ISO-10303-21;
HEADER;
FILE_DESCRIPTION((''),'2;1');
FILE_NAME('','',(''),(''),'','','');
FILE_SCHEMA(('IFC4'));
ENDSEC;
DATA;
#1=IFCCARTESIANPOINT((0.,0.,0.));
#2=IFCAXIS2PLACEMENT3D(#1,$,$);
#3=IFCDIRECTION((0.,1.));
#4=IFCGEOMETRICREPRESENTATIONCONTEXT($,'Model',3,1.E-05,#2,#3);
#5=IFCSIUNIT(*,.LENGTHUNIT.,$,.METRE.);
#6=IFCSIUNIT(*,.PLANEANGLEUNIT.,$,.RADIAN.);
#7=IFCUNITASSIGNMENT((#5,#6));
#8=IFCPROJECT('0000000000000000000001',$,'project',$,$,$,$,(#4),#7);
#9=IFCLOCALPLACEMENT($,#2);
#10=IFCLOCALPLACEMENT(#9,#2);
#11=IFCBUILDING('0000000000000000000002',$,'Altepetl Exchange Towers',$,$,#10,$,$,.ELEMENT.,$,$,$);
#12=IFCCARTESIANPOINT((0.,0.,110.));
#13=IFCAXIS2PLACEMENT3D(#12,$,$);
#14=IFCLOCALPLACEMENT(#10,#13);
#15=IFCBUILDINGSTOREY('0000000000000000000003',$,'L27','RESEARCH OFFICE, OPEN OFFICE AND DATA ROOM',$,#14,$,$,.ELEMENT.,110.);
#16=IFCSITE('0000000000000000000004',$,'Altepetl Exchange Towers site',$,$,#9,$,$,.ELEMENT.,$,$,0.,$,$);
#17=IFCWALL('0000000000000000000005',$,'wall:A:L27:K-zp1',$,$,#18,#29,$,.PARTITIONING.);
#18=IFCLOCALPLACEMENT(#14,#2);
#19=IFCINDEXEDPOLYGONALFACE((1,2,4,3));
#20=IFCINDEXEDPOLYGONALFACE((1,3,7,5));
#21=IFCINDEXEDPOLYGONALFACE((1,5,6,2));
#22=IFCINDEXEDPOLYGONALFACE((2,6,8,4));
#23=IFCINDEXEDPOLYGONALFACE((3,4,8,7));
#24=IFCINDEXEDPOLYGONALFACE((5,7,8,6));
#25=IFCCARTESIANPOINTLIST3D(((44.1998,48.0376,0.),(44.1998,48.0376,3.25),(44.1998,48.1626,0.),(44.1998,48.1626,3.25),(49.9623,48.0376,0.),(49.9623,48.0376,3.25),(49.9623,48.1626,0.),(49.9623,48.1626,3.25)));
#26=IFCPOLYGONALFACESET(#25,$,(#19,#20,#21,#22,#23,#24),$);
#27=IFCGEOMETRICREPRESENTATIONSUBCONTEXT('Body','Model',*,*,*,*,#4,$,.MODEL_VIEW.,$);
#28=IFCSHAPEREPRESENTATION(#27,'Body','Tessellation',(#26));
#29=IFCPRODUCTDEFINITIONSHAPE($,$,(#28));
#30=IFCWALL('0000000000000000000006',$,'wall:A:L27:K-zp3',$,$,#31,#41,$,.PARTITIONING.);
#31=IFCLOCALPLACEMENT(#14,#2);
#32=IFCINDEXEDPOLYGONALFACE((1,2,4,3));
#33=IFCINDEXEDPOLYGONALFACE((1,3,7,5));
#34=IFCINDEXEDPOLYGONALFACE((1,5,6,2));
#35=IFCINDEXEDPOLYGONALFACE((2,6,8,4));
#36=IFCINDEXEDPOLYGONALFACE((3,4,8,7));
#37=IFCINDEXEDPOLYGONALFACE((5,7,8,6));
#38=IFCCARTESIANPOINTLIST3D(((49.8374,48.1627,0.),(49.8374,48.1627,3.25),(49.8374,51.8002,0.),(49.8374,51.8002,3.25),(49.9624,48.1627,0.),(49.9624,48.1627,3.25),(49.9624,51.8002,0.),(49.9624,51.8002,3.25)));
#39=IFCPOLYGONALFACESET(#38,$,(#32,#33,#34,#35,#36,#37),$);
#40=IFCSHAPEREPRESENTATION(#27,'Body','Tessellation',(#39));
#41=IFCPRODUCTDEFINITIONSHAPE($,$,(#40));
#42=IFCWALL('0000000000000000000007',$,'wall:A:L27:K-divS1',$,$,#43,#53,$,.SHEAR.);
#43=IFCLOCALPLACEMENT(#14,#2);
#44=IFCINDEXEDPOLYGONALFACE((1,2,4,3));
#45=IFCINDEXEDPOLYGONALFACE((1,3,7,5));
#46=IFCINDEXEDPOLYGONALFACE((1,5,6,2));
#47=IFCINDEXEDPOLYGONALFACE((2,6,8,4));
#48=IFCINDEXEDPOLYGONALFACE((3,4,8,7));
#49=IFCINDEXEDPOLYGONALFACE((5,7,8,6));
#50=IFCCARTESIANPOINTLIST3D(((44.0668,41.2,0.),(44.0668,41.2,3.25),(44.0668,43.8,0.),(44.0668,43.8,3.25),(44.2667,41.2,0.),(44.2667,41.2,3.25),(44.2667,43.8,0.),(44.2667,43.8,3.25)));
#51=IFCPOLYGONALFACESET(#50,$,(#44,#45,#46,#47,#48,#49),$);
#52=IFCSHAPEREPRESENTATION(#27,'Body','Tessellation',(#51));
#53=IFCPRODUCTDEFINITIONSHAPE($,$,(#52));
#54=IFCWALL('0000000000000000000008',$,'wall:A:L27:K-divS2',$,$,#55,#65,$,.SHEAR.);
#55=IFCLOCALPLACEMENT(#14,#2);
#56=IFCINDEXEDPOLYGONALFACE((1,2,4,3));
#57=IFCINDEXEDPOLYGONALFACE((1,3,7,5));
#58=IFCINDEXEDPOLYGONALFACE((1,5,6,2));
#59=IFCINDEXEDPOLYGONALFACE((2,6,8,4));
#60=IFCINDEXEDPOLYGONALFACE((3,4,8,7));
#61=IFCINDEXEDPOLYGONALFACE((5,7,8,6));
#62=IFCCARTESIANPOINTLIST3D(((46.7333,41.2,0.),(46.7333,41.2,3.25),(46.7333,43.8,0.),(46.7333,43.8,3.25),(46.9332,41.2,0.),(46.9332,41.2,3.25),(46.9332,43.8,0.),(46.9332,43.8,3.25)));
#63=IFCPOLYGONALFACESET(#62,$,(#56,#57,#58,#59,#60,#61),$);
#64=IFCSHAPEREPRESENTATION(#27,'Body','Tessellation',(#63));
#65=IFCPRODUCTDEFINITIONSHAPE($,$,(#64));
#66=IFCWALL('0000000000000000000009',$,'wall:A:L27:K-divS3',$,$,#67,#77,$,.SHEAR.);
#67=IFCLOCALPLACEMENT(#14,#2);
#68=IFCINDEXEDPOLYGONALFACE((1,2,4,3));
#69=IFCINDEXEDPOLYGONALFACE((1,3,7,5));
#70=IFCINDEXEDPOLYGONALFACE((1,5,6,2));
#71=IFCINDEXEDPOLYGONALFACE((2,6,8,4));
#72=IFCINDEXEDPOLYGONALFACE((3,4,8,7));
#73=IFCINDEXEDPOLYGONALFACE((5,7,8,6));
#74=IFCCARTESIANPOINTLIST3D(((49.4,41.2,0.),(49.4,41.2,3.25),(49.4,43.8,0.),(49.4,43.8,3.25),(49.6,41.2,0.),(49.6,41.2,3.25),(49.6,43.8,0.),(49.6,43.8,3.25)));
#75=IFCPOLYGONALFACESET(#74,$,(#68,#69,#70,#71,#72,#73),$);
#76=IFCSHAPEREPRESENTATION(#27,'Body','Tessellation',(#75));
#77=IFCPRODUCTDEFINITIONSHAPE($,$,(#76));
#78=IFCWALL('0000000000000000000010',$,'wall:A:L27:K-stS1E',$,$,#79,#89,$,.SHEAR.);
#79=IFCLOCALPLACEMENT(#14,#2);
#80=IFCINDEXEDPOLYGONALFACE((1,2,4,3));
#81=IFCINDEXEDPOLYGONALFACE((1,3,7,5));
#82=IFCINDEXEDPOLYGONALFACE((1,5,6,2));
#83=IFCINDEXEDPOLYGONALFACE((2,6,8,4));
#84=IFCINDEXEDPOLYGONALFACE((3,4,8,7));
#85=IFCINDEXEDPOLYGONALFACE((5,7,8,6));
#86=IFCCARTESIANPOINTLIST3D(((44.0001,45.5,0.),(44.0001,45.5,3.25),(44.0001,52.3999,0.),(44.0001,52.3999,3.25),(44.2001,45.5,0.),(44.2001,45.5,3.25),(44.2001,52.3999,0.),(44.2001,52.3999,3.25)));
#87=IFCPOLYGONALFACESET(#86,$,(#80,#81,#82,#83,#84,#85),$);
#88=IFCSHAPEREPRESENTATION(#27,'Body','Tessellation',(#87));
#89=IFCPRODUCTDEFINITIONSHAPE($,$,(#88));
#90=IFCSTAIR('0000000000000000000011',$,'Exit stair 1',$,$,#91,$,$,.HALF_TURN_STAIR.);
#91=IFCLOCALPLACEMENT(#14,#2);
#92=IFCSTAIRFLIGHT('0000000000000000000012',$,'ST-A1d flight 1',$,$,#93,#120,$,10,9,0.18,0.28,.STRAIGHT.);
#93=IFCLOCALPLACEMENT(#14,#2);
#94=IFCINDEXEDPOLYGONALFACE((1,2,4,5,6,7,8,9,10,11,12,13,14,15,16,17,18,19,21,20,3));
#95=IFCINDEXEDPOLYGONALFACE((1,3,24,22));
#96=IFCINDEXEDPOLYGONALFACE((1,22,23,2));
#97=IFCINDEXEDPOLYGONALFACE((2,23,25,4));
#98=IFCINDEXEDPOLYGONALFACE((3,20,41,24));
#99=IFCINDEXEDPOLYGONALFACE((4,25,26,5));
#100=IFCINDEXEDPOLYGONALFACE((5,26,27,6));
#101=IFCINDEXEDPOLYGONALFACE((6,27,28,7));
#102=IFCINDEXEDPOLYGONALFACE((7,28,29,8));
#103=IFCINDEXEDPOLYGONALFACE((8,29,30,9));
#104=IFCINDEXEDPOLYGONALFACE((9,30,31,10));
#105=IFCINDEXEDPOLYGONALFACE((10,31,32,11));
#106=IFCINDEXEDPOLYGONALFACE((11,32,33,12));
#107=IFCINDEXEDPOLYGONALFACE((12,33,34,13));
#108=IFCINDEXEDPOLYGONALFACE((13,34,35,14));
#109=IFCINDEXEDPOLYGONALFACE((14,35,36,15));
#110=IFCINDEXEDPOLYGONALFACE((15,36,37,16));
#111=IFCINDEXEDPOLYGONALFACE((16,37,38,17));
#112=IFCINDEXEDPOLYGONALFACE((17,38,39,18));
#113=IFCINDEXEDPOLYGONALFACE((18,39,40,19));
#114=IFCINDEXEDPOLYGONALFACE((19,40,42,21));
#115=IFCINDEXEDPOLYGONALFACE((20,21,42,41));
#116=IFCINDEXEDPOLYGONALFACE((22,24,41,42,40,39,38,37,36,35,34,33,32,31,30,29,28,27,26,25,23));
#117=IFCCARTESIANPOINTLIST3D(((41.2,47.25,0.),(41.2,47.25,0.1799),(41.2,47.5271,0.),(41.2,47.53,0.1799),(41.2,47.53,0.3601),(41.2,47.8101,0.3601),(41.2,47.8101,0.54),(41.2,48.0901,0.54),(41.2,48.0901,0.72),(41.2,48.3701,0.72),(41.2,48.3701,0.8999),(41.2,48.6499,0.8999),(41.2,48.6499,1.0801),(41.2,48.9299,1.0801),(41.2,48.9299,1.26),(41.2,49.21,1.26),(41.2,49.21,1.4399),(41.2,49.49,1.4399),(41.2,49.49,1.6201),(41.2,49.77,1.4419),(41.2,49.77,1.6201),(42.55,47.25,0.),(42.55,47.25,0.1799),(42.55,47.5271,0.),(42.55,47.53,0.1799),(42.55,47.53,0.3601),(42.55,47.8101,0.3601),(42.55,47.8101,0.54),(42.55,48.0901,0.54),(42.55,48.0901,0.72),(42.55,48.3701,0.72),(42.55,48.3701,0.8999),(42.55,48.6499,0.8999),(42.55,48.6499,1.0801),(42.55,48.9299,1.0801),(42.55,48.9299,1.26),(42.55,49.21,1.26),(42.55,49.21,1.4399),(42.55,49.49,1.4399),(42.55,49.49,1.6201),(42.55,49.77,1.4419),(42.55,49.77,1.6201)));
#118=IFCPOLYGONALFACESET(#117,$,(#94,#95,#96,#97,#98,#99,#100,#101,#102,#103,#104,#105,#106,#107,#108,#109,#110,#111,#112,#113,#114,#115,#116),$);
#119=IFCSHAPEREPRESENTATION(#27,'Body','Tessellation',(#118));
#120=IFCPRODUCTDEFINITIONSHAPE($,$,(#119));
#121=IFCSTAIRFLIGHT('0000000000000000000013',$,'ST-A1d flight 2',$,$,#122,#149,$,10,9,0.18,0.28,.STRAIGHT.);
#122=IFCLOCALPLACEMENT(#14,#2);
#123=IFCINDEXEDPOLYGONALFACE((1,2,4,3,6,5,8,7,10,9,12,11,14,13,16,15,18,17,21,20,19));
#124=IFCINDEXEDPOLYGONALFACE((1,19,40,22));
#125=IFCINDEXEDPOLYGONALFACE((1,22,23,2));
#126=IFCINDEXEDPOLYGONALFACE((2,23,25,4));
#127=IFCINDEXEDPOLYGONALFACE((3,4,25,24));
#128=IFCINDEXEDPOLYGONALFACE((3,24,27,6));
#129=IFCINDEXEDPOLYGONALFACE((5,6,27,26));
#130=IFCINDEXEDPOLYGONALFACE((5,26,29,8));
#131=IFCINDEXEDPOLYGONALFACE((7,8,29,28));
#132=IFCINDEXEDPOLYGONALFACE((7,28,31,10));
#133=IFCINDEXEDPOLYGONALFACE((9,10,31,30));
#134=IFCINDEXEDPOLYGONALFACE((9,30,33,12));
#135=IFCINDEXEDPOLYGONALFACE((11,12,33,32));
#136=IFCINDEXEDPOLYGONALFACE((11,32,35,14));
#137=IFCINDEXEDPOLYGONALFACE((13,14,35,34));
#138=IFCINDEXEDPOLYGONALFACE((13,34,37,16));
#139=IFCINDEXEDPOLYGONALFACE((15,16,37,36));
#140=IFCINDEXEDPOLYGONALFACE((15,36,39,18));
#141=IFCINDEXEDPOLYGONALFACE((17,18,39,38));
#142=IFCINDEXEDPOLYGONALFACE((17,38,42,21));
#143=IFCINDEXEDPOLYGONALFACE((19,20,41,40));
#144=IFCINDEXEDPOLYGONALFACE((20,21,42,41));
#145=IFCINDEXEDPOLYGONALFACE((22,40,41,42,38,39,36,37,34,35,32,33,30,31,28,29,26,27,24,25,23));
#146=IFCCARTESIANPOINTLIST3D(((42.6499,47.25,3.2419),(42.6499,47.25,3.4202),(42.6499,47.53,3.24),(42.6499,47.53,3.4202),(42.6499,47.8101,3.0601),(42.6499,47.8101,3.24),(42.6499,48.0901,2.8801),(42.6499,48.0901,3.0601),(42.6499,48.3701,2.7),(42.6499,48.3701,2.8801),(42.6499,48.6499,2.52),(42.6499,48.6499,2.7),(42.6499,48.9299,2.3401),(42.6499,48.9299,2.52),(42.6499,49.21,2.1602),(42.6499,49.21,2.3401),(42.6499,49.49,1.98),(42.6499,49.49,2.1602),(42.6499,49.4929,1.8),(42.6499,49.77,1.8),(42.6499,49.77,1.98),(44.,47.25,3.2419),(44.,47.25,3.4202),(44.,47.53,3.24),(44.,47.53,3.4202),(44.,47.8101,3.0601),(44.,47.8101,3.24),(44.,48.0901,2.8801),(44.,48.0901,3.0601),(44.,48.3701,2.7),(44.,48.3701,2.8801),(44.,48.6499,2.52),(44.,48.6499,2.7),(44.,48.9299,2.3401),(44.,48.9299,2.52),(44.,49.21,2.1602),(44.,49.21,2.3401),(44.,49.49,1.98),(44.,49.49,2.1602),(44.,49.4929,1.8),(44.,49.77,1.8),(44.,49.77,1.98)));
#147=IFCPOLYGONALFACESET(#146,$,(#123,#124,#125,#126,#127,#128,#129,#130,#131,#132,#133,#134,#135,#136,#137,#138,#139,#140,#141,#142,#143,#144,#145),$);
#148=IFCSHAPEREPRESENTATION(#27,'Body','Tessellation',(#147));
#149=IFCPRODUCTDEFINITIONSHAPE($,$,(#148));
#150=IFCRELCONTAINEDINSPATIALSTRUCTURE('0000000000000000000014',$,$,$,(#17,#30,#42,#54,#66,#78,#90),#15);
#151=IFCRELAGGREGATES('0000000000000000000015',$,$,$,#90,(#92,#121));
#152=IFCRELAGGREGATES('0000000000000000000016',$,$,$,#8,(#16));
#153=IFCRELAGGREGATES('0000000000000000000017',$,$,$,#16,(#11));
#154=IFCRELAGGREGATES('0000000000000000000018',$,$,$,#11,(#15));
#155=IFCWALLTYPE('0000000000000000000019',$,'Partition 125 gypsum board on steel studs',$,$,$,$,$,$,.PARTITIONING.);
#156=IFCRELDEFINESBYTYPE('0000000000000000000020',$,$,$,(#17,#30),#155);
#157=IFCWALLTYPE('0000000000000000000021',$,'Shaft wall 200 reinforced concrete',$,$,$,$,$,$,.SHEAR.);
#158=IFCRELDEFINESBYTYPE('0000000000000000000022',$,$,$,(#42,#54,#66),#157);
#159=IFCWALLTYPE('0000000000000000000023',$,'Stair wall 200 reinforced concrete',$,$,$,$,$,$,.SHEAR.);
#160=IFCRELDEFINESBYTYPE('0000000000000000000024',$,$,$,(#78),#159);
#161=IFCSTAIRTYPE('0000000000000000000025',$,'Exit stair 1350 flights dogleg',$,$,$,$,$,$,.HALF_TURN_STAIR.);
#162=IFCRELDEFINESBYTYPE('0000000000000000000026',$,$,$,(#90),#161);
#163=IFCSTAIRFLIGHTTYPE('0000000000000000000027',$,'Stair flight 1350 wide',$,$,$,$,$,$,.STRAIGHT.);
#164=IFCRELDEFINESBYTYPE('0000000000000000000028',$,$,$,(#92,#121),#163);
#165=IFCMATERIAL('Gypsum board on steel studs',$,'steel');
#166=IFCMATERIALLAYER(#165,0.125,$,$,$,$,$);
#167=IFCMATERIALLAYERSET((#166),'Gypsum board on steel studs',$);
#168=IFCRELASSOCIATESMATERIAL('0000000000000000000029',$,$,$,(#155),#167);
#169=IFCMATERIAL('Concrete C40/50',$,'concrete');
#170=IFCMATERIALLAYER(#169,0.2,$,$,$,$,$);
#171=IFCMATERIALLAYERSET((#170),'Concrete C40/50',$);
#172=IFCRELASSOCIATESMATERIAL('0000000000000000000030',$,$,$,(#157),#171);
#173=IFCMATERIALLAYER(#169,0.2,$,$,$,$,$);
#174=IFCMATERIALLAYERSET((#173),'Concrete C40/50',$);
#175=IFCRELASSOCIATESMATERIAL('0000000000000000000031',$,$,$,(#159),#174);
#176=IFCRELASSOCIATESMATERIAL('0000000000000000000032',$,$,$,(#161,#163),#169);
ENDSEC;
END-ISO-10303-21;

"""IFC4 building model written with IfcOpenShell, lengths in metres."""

from ifc_helpers import new_model, si_unit, direction, frame, frame_2d, origin, place, context, subcontext, project, spatial, polyline, rectangle, outline, extrude, material, layer, layer_set, type_object, element, aggregate, save


model = new_model("IFC4")

# Units and contexts
model_context = context("Model", 3, precision=1e-05, world=origin(), true_north=direction((0.0, 1.0)))
body_context = subcontext(model_context, "Body", "Model", "MODEL_VIEW")
ifc_project = project(units=[si_unit("LENGTHUNIT", "METRE"), si_unit("PLANEANGLEUNIT", "RADIAN")], contexts=[model_context])

# Site, building, storey
site_placement = place(None, origin())
site = spatial("IfcSite", under=ifc_project, at=site_placement, Name="Altepetl Exchange Towers site", CompositionType="ELEMENT", RefElevation=0.0)
building_placement = place(site_placement, origin())
building = spatial("IfcBuilding", under=site, at=building_placement, Name="Altepetl Exchange Towers", CompositionType="ELEMENT")
storey_placement = place(building_placement, frame((0.0, 0.0, 110.0)))
storey = spatial("IfcBuildingStorey", under=building, at=storey_placement, Name="L27", Description="RESEARCH OFFICE, OPEN OFFICE AND DATA ROOM", CompositionType="ELEMENT", Elevation=110.0)

# Walls
ifc_material_1 = material(Name="Gypsum board on steel studs", Category="steel")
ifc_layer_1 = layer(ifc_material_1, 0.125)
ifc_layer_set_1 = layer_set([ifc_layer_1], Name="Gypsum board on steel studs")
wall_type_1 = type_object("IfcWallType", Name="Partition 125 gypsum board on steel studs", PredefinedType="PARTITIONING", material=ifc_layer_set_1)
wall_1_placement = place(storey_placement, frame((49.9624, 48.1001, 0.0), z_axis=(0.0, 0.0, 1.0), x_axis=(-1.0, 0.0, 0.0)))
element("IfcWall", 1, at=wall_1_placement, inside=storey, type_object=wall_type_1, Name="wall:A:L27:K-zp1", PredefinedType="PARTITIONING", context=body_context, shape_type="SweptSolid", body=[
    extrude(rectangle(XDim=5.7625, YDim=0.125, at=frame_2d((2.8813, 0.0))), origin(), (0.0, 0.0, 1.0), 3.25),
])
wall_2_placement = place(storey_placement, frame((49.8999, 48.1626, 0.0), z_axis=(0.0, 0.0, 1.0), x_axis=(0.0, 1.0, 0.0)))
element("IfcWall", 2, at=wall_2_placement, inside=storey, type_object=wall_type_1, Name="wall:A:L27:K-zp3", PredefinedType="PARTITIONING", context=body_context, shape_type="SweptSolid", body=[
    extrude(rectangle(XDim=3.6375, YDim=0.125, at=frame_2d((1.8188, 0.0))), origin(), (0.0, 0.0, 1.0), 3.25),
])
ifc_material_2 = material(Name="Concrete C40/50", Category="concrete")
ifc_layer_2 = layer(ifc_material_2, 0.2)
ifc_layer_set_2 = layer_set([ifc_layer_2], Name="Concrete C40/50")
wall_type_2 = type_object("IfcWallType", Name="Shaft wall 200 reinforced concrete", PredefinedType="SHEAR", material=ifc_layer_set_2)
for number, where, z_axis, x_axis, name in (
    (3, (44.1667, 41.2, 0.0), (0.0, 0.0, 1.0), (0.0, 1.0, 0.0), "wall:A:L27:K-divS1"),
    (4, (46.8333, 41.2, 0.0), (0.0, 0.0, 1.0), (0.0, 1.0, 0.0), "wall:A:L27:K-divS2"),
    (5, (49.5, 41.2, 0.0), (0.0, 0.0, 1.0), (0.0, 1.0, 0.0), "wall:A:L27:K-divS3"),
):
    element("IfcWall", number, at=place(storey_placement, frame(where, z_axis=z_axis, x_axis=x_axis)), inside=storey, type_object=wall_type_2, Name=name, PredefinedType="SHEAR", context=body_context, shape_type="SweptSolid", body=[
        extrude(rectangle(XDim=2.6001, YDim=0.2, at=frame_2d((1.3, 0.0))), origin(), (0.0, 0.0, 1.0), 3.25),
    ])
ifc_layer_3 = layer(ifc_material_2, 0.2)
ifc_layer_set_3 = layer_set([ifc_layer_3], Name="Concrete C40/50")
wall_type_3 = type_object("IfcWallType", Name="Stair wall 200 reinforced concrete", PredefinedType="SHEAR", material=ifc_layer_set_3)
wall_3_placement = place(storey_placement, frame((44.1001, 45.5, 0.0), z_axis=(0.0, 0.0, 1.0), x_axis=(0.0, 1.0, 0.0)))
element("IfcWall", 6, at=wall_3_placement, inside=storey, type_object=wall_type_3, Name="wall:A:L27:K-stS1E", PredefinedType="SHEAR", context=body_context, shape_type="SweptSolid", body=[
    extrude(rectangle(XDim=6.8999, YDim=0.2, at=frame_2d((3.45, 0.0))), origin(), (0.0, 0.0, 1.0), 3.25),
])

# Stair, stair flights
stair_type = type_object("IfcStairType", Name="Exit stair 1350 flights dogleg", PredefinedType="HALF_TURN_STAIR", material=ifc_material_2)
stair_placement = place(storey_placement, origin())
stair = element("IfcStair", 7, at=stair_placement, inside=storey, type_object=stair_type, Name="Exit stair 1", PredefinedType="HALF_TURN_STAIR")
stair_flight_type = type_object("IfcStairFlightType", Name="Stair flight 1350 wide", PredefinedType="STRAIGHT", material=ifc_material_2)
stair_flight_1_placement = place(storey_placement, frame((41.875, 47.25, 0.0), z_axis=(0.0, 0.0, 1.0), x_axis=(0.0, 1.0, 0.0)))
stair_flight_1 = element("IfcStairFlight", 8, at=stair_flight_1_placement, type_object=stair_flight_type, Name="ST-A1d flight 1", NumberOfRisers=10, NumberOfTreads=9, PredefinedType="STRAIGHT", RiserHeight=0.18, TreadLength=0.28, context=body_context, shape_type="SweptSolid", body=[
    extrude(outline(polyline([(0.0, 0.0), (0.0, 0.1799), (0.28, 0.1799), (0.28, 0.3601), (0.5601, 0.3601), (0.5601, 0.54), (0.8401, 0.54), (0.8401, 0.72), (1.1201, 0.72), (1.1201, 0.8999), (1.3999, 0.8999), (1.3999, 1.0801), (1.6799, 1.0801), (1.6799, 1.26), (1.96, 1.26), (1.96, 1.4399), (2.24, 1.4399), (2.24, 1.6201), (2.52, 1.6201), (2.52, 1.8), (2.52, 1.4419), (0.2771, 0.0), (0.0, 0.0)])), frame((0.0, 0.675, 0.0), z_axis=(0.0, -1.0, 0.0), x_axis=(1.0, 0.0, 0.0)), (0.0, 0.0, 1.0), 1.3501),
])
stair_flight_2_placement = place(storey_placement, frame((43.325, 49.77, 1.8), z_axis=(0.0, 0.0, 1.0), x_axis=(0.0, -1.0, 0.0)))
stair_flight_2 = element("IfcStairFlight", 9, at=stair_flight_2_placement, type_object=stair_flight_type, Name="ST-A1d flight 2", NumberOfRisers=10, NumberOfTreads=9, PredefinedType="STRAIGHT", RiserHeight=0.18, TreadLength=0.28, context=body_context, shape_type="SweptSolid", body=[
    extrude(outline(polyline([(0.0, 0.0), (0.0, 0.1799), (0.28, 0.1799), (0.28, 0.3601), (0.5601, 0.3601), (0.5601, 0.54), (0.8401, 0.54), (0.8401, 0.72), (1.1201, 0.72), (1.1201, 0.8999), (1.3999, 0.8999), (1.3999, 1.0801), (1.6799, 1.0801), (1.6799, 1.26), (1.96, 1.26), (1.96, 1.4399), (2.24, 1.4399), (2.24, 1.6201), (2.52, 1.6201), (2.52, 1.8), (2.52, 1.4419), (0.2771, 0.0), (0.0, 0.0)])), frame((0.0, 0.675, 0.0), z_axis=(0.0, -1.0, 0.0), x_axis=(1.0, 0.0, 0.0)), (0.0, 0.0, 1.0), 1.3501),
])
aggregate(stair, [stair_flight_1, stair_flight_2])

save(model, "model.ifc")
